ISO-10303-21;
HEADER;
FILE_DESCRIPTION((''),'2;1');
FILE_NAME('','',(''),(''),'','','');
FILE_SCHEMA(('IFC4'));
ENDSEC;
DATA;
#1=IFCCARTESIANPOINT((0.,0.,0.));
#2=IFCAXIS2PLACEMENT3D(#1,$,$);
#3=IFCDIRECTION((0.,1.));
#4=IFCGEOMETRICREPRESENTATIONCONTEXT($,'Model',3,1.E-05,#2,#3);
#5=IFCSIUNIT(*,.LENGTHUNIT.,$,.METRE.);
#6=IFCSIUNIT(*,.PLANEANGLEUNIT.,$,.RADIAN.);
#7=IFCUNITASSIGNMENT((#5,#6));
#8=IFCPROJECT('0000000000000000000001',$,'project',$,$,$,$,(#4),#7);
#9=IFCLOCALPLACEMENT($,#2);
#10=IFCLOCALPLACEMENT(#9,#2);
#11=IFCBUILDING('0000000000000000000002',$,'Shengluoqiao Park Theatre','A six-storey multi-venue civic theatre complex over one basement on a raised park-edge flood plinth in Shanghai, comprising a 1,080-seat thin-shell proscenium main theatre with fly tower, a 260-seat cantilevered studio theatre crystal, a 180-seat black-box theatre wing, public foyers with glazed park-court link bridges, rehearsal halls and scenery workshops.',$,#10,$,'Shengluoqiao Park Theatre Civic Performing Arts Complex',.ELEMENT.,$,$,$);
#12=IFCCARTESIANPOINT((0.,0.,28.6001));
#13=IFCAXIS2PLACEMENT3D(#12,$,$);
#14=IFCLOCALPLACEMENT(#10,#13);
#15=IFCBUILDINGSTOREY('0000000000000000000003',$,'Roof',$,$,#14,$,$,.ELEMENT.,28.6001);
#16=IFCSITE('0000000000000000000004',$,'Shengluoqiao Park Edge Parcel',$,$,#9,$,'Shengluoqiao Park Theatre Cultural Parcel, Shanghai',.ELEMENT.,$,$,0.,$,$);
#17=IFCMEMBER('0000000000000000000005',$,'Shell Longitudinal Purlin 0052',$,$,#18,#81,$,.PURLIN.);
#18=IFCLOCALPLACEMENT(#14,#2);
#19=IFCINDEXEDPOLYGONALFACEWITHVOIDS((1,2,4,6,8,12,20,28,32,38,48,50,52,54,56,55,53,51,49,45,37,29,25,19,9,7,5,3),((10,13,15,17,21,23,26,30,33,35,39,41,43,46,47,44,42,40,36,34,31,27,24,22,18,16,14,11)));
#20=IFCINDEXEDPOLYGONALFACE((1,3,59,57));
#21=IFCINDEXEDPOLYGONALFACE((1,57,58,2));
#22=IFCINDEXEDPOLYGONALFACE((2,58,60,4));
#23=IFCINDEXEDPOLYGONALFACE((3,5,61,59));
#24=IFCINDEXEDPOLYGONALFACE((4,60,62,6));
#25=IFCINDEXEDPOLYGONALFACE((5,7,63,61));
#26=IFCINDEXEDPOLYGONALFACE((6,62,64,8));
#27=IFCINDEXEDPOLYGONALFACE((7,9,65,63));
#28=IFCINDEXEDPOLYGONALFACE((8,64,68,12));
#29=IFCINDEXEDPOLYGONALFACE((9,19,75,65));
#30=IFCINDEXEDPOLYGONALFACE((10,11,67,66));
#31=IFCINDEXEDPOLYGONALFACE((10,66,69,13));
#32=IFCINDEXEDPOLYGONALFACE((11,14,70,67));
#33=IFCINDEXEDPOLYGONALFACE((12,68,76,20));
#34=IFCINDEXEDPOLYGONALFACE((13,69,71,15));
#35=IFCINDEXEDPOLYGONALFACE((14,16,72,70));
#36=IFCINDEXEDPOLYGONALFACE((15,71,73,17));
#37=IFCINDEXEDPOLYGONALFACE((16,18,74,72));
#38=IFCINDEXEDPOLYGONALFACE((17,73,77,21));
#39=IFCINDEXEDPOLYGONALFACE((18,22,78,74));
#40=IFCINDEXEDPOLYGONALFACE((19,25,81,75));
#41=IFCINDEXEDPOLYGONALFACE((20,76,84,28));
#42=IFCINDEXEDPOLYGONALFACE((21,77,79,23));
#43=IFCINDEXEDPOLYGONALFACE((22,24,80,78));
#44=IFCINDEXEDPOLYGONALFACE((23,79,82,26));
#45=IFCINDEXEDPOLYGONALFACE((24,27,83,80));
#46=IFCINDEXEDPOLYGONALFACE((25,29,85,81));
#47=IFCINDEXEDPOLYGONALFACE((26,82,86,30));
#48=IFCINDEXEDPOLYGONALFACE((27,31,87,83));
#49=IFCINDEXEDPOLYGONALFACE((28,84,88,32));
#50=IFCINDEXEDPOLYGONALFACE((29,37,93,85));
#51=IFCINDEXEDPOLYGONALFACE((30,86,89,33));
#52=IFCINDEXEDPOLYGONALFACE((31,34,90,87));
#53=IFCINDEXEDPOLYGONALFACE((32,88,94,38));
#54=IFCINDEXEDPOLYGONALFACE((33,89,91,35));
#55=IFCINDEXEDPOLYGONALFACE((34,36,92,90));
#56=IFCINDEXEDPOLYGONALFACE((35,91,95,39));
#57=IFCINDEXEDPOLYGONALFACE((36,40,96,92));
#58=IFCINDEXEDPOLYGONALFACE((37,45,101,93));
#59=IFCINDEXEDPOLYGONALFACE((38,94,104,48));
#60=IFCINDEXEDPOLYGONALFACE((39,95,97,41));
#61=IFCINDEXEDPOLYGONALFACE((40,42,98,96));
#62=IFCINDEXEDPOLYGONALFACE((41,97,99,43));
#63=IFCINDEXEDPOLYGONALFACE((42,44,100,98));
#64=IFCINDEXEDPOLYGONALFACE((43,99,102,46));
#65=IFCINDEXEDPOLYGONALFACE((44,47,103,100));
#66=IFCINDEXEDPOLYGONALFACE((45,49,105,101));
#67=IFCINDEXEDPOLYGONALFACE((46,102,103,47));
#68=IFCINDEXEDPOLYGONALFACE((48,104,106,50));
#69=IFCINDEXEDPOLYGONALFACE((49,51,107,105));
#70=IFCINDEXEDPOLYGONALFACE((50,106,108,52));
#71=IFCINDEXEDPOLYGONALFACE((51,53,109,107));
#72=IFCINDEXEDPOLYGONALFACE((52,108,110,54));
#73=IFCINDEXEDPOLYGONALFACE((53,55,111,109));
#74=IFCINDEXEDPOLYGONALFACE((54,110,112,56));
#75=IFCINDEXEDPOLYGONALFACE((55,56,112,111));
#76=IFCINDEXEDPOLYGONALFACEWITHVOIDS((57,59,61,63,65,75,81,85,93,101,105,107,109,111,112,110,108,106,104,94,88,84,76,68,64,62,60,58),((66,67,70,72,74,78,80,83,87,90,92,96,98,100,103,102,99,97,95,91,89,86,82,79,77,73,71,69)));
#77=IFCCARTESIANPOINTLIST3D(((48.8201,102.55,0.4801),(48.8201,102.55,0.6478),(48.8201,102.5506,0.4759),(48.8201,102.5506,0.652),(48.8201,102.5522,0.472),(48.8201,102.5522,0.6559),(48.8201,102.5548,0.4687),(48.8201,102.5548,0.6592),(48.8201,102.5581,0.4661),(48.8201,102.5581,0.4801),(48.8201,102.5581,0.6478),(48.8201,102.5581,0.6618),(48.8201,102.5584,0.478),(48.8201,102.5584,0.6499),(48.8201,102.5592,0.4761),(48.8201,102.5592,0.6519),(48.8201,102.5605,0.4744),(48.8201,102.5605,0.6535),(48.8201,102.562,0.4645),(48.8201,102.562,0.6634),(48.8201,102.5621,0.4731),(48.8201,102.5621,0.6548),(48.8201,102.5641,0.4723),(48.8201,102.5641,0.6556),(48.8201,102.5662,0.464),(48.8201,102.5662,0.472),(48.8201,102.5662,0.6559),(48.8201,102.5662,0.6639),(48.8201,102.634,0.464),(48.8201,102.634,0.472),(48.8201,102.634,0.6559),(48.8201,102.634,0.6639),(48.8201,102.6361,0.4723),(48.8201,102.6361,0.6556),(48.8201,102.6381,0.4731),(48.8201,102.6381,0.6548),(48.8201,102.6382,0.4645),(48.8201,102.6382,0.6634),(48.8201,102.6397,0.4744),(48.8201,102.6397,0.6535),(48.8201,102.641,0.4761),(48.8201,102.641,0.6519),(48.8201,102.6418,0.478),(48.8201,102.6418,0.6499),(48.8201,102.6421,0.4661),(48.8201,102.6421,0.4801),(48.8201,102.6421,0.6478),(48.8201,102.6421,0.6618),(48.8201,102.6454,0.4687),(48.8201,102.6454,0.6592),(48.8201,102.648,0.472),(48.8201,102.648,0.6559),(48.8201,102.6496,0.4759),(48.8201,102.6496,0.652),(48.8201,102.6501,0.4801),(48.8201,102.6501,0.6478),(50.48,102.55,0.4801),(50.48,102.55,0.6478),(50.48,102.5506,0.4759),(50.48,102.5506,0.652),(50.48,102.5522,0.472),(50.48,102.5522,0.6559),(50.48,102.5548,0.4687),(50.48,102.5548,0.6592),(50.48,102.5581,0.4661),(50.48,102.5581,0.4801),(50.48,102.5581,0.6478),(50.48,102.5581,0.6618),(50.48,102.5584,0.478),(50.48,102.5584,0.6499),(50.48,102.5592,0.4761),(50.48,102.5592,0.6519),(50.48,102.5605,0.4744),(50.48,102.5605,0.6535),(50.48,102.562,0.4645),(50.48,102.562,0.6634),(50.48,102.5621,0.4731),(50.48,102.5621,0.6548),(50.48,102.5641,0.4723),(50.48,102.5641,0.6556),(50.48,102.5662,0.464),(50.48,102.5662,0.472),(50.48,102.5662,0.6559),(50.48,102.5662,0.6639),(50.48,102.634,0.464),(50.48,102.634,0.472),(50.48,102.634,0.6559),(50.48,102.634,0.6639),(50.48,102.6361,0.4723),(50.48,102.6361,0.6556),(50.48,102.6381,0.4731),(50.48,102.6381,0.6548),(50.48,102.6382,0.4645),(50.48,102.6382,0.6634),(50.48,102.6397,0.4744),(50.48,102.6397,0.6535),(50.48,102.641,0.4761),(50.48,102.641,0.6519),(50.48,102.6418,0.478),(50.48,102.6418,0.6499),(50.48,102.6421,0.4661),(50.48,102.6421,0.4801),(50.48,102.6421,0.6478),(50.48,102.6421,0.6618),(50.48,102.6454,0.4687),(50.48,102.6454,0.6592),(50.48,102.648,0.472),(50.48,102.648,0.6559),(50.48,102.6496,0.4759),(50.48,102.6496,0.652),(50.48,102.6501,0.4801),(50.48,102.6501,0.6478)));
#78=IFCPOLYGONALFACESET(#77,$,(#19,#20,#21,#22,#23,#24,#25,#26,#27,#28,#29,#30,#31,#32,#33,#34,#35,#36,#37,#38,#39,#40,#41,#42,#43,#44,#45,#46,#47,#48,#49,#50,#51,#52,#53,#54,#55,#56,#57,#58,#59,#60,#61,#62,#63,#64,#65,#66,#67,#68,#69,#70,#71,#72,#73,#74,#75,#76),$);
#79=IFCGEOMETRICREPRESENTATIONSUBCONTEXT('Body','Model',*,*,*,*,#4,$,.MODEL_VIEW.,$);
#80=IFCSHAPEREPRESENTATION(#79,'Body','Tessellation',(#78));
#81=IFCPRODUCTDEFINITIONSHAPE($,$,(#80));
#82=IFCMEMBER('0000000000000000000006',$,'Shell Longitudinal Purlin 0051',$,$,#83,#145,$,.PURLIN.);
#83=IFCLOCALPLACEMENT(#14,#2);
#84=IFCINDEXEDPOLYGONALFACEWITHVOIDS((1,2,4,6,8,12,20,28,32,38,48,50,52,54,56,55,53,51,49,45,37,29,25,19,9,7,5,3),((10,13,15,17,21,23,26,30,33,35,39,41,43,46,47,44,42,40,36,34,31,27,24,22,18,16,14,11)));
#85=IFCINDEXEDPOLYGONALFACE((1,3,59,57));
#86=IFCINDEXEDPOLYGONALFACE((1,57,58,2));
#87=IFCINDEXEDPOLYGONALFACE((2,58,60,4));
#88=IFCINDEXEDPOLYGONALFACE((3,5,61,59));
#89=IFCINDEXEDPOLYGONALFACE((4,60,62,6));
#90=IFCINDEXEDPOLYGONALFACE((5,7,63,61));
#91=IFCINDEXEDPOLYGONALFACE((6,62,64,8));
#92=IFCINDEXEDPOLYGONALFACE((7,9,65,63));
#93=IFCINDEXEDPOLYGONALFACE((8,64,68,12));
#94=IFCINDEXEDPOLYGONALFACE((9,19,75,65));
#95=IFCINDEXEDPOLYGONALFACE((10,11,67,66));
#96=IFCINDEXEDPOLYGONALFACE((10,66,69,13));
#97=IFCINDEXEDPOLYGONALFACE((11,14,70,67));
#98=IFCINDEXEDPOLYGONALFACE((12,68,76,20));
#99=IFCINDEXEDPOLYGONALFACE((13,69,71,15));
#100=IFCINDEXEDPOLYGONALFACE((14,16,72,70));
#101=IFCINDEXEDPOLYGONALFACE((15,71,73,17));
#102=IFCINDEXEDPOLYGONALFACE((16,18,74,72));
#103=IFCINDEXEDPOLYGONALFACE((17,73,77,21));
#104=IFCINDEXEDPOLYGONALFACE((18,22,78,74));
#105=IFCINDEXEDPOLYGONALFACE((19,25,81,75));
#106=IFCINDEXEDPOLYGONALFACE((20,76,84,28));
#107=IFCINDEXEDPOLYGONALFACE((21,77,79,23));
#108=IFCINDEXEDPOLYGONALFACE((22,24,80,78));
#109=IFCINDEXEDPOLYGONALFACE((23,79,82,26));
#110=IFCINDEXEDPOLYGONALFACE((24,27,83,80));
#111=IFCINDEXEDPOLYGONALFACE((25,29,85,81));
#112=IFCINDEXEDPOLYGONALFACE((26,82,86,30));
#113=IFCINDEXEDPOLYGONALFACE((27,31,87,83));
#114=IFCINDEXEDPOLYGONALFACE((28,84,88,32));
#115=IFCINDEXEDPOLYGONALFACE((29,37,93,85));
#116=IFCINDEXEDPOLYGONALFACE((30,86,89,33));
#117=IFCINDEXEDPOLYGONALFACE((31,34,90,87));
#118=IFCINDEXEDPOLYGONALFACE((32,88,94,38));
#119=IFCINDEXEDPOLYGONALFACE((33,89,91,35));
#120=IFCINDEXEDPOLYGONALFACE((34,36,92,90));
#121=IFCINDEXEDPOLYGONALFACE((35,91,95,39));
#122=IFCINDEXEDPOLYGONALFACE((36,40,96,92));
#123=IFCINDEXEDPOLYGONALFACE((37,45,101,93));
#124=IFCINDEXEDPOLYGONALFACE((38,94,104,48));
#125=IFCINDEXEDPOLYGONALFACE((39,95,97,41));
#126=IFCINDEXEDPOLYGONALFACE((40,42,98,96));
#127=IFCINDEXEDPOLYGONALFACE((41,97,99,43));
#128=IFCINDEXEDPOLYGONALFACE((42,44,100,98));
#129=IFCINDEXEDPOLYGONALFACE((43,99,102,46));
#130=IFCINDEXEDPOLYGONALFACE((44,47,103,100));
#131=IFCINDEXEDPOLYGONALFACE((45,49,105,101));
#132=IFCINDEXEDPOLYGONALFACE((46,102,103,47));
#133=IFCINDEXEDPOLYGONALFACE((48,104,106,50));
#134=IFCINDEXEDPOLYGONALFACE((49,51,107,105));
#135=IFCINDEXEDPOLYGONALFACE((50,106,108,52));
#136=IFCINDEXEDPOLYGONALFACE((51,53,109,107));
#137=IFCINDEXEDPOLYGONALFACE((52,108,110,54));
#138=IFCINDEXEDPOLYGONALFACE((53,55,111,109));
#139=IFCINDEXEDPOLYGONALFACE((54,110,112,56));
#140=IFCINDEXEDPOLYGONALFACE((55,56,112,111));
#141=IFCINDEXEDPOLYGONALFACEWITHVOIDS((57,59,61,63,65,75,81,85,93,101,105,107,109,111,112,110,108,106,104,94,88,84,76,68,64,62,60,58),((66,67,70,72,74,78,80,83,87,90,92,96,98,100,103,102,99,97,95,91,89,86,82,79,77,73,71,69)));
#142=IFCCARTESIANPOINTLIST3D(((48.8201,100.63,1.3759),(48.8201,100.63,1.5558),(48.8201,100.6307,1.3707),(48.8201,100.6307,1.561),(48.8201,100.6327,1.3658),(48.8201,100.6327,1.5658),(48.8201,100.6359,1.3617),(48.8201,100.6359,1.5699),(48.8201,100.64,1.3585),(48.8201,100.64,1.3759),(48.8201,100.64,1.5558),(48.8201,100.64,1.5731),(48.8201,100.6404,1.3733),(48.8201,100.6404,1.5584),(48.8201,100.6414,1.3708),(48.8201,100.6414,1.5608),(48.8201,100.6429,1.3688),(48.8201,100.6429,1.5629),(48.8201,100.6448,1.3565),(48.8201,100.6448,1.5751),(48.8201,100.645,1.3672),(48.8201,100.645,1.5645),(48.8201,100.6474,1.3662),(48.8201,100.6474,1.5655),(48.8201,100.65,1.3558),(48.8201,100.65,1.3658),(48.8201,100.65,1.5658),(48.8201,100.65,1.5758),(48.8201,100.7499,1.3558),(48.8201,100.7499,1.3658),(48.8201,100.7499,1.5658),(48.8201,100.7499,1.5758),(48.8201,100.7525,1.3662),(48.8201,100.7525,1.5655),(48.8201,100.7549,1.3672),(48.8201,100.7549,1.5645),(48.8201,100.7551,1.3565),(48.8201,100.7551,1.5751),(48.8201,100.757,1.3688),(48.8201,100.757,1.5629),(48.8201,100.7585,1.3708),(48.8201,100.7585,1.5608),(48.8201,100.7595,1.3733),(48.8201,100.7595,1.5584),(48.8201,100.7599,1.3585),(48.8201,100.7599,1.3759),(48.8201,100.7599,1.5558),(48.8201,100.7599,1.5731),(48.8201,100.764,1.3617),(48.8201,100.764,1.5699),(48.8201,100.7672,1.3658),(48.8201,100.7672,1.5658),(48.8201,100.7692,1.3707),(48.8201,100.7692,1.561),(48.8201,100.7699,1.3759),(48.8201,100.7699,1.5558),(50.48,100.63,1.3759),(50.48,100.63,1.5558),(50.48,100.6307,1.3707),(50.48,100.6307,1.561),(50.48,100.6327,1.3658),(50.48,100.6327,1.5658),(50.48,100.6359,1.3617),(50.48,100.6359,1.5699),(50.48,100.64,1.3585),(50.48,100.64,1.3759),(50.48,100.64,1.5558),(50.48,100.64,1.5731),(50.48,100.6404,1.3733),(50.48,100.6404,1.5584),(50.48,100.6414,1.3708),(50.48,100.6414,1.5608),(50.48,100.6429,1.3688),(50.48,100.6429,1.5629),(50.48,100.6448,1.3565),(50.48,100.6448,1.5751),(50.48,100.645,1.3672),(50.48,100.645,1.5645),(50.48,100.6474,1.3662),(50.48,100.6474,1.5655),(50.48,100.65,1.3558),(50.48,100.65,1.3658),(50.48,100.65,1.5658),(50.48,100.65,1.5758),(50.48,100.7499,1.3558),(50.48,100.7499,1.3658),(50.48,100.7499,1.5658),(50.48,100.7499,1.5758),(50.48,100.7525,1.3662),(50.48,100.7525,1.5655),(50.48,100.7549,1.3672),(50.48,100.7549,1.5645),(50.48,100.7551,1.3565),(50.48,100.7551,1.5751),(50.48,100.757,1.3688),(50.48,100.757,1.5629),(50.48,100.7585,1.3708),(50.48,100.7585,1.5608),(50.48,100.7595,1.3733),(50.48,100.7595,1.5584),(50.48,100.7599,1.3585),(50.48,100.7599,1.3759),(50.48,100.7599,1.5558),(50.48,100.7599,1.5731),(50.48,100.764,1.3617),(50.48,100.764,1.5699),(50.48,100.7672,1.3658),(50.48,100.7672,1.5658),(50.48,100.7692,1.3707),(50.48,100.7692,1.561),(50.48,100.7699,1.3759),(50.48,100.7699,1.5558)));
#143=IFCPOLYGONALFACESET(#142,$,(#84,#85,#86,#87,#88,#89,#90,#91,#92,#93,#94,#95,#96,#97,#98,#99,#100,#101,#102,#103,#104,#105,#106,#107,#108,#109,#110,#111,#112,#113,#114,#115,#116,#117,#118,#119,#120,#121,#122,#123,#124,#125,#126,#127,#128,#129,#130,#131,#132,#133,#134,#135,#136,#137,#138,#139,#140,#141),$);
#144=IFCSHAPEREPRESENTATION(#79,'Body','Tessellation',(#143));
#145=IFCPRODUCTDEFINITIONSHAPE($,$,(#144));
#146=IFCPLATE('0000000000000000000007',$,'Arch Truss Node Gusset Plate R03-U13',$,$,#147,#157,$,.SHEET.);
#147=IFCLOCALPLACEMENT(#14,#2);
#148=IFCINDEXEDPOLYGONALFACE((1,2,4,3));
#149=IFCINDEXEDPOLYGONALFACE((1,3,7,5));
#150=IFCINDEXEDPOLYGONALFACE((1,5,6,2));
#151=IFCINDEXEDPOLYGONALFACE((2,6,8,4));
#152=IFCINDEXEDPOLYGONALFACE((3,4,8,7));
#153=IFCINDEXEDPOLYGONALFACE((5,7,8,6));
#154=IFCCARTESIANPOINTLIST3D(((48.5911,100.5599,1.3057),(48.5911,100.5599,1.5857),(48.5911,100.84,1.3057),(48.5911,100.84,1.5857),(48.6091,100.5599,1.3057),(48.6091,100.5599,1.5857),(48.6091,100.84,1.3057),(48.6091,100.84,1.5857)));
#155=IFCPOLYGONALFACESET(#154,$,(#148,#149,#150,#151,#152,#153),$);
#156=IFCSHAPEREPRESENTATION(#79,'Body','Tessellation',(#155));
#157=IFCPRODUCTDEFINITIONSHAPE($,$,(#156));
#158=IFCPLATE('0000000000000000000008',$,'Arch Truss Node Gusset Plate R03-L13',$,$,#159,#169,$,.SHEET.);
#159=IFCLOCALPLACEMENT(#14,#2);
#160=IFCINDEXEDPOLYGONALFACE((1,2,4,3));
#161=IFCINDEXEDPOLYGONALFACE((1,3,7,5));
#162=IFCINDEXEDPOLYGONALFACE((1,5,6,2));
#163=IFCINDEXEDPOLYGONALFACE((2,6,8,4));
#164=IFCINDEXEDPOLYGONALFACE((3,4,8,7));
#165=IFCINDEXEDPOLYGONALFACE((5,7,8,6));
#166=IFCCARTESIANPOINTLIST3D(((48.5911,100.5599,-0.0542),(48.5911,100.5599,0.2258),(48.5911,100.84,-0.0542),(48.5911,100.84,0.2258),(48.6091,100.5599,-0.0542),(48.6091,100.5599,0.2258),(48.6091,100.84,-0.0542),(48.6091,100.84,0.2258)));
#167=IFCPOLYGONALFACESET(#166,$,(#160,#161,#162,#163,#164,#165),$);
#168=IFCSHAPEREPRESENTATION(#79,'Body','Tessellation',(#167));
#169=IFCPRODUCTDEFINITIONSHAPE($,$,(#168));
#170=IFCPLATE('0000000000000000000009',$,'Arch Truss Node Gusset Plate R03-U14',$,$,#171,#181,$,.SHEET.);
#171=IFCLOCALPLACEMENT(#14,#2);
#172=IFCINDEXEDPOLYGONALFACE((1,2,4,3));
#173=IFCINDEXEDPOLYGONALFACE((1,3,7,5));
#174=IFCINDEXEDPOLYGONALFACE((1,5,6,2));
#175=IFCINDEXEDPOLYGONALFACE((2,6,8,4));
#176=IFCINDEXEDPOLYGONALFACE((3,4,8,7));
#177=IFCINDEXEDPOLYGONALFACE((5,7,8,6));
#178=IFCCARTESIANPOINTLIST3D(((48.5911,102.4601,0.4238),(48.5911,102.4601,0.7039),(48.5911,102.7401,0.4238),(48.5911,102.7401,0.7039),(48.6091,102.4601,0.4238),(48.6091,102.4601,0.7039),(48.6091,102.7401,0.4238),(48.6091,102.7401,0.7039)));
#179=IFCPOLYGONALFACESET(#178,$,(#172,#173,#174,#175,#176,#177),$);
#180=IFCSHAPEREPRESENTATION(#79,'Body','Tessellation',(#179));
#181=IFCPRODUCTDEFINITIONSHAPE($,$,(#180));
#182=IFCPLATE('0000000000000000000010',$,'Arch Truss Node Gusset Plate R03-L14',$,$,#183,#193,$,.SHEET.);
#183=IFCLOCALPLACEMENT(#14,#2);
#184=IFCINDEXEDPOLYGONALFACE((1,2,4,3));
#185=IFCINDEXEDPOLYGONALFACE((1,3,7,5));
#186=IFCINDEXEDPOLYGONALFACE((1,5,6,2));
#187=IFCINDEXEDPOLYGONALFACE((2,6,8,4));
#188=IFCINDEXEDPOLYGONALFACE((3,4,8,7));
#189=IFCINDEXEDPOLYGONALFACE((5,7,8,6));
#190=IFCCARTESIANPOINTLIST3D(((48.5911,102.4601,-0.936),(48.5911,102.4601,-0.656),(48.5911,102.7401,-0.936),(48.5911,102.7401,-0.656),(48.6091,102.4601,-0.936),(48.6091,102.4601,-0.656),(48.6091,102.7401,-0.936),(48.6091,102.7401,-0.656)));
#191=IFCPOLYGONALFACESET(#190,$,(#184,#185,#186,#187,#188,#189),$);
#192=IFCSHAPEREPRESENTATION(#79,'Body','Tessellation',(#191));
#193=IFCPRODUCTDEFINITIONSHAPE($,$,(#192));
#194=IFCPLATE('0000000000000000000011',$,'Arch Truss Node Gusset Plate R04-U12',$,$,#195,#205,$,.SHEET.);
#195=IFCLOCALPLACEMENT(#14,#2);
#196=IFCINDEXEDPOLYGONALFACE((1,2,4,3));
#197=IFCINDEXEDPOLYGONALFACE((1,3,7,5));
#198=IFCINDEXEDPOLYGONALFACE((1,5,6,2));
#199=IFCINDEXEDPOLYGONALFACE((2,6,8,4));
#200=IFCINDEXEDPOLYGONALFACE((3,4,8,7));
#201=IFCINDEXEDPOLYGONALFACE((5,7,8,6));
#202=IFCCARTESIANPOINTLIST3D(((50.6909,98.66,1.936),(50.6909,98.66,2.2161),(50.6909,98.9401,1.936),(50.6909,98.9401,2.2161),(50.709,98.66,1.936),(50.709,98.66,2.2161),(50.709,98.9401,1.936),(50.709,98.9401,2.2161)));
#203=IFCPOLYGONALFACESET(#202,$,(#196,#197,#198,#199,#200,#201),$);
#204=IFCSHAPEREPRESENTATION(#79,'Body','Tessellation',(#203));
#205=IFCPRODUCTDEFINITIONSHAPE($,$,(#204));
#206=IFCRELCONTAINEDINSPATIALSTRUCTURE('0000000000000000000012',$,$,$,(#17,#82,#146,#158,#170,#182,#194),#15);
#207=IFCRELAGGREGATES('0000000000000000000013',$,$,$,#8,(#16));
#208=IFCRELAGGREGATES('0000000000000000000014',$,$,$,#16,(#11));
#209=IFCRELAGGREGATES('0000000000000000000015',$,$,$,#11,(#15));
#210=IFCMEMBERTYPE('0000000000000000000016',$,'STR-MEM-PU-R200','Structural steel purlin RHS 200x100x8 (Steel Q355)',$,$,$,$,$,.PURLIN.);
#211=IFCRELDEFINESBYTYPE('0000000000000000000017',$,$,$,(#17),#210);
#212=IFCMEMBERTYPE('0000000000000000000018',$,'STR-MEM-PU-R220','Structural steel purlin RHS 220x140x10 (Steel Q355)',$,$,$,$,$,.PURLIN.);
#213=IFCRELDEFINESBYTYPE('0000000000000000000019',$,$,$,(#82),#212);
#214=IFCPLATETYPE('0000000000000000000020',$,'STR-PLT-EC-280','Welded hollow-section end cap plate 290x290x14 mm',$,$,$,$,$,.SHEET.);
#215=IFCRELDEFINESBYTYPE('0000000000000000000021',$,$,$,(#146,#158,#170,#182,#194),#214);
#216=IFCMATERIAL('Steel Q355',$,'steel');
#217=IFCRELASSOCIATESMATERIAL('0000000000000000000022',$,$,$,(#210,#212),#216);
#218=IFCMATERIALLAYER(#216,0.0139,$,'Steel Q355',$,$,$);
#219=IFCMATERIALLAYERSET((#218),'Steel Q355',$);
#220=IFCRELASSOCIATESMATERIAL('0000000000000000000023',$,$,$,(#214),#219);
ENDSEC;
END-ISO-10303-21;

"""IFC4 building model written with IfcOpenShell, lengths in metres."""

from ifc_helpers import new_model, si_unit, direction, frame, origin, origin_2d, place, context, subcontext, project, spatial, rectangle, hollow_rectangle, extrude, material, layer, layer_set, material_profile, profile_set, type_object, element, save


model = new_model("IFC4")

# Units and contexts
model_context = context("Model", 3, precision=1e-05, world=origin(), true_north=direction((0.0, 1.0)))
body_context = subcontext(model_context, "Body", "Model", "MODEL_VIEW")
ifc_project = project(units=[si_unit("LENGTHUNIT", "METRE"), si_unit("PLANEANGLEUNIT", "RADIAN")], contexts=[model_context])

# Site, building, storey
site_placement = place(None, origin())
site = spatial("IfcSite", under=ifc_project, at=site_placement, Name="Shengluoqiao Park Edge Parcel", LongName="Shengluoqiao Park Theatre Cultural Parcel, Shanghai", CompositionType="ELEMENT", RefElevation=0.0)
building_placement = place(site_placement, origin())
building = spatial("IfcBuilding", under=site, at=building_placement, Name="Shengluoqiao Park Theatre", Description="A six-storey multi-venue civic theatre complex over one basement on a raised park-edge flood plinth in Shanghai, comprising a 1,080-seat thin-shell proscenium main theatre with fly tower, a 260-seat cantilevered studio theatre crystal, a 180-seat black-box theatre wing, public foyers with glazed park-court link bridges, rehearsal halls and scenery workshops.", LongName="Shengluoqiao Park Theatre Civic Performing Arts Complex", CompositionType="ELEMENT")
storey_placement = place(building_placement, frame((0.0, 0.0, 28.6001)))
storey = spatial("IfcBuildingStorey", under=building, at=storey_placement, Name="Roof", CompositionType="ELEMENT", Elevation=28.6001)

# Shared definitions
ifc_material_1 = material(Name="Steel Q355", Category="steel")

# Members
ifc_material_profile_1 = material_profile(ifc_material_1, hollow_rectangle(XDim=0.1001, YDim=0.2, WallThickness=0.0081, InnerFilletRadius=0.0081, OuterFilletRadius=0.0161, at=origin_2d()), Name="RHS 200x100x8")
ifc_profile_set_1 = profile_set([ifc_material_profile_1], Name="Steel Q355")
member_type_1 = type_object("IfcMemberType", Name="STR-MEM-PU-R200", Description="Structural steel purlin RHS 200x100x8 (Steel Q355)", PredefinedType="PURLIN", material=ifc_profile_set_1)
for number, where, z_axis, x_axis, name in (
    (1, (48.8201, 102.6001, 0.564), (1.0, 0.0, 0.0), (0.0, 1.0, 0.0), "Shell Longitudinal Purlin 0052"),
):
    element("IfcMember", number, at=place(storey_placement, frame(where, z_axis=z_axis, x_axis=x_axis)), inside=storey, type_object=member_type_1, Name=name, PredefinedType="PURLIN", context=body_context, shape_type="SweptSolid", body=[
        extrude(hollow_rectangle(XDim=0.1001, YDim=0.2, WallThickness=0.0081, InnerFilletRadius=0.0081, OuterFilletRadius=0.0161, at=origin_2d()), origin(), (0.0, 0.0, 1.0), 1.6599),
    ])
ifc_material_profile_2 = material_profile(ifc_material_1, hollow_rectangle(XDim=0.1399, YDim=0.22, WallThickness=0.01, InnerFilletRadius=0.01, OuterFilletRadius=0.02, at=origin_2d()), Name="RHS 220x140x10")
ifc_profile_set_2 = profile_set([ifc_material_profile_2], Name="Steel Q355")
member_type_2 = type_object("IfcMemberType", Name="STR-MEM-PU-R220", Description="Structural steel purlin RHS 220x140x10 (Steel Q355)", PredefinedType="PURLIN", material=ifc_profile_set_2)
member_1_placement = place(storey_placement, frame((48.8201, 100.7, 1.4658), z_axis=(1.0, 0.0, 0.0), x_axis=(0.0, 1.0, 0.0)))
element("IfcMember", 2, at=member_1_placement, inside=storey, type_object=member_type_2, Name="Shell Longitudinal Purlin 0051", PredefinedType="PURLIN", context=body_context, shape_type="SweptSolid", body=[
    extrude(hollow_rectangle(XDim=0.1399, YDim=0.22, WallThickness=0.01, InnerFilletRadius=0.01, OuterFilletRadius=0.02, at=origin_2d()), origin(), (0.0, 0.0, 1.0), 1.6599),
])

# Plates
ifc_layer_1 = layer(ifc_material_1, 0.0139, Name="Steel Q355")
ifc_layer_set_1 = layer_set([ifc_layer_1], Name="Steel Q355")
plate_type_1 = type_object("IfcPlateType", Name="STR-PLT-EC-280", Description="Welded hollow-section end cap plate 290x290x14 mm", PredefinedType="SHEET", material=ifc_layer_set_1)
for number, where, z_axis, x_axis, name in (
    (3, (48.6001, 100.7, 1.3057), (0.0, 0.0, 1.0), (1.0, 0.0, 0.0), "Arch Truss Node Gusset Plate R03-U13"),
    (4, (48.6001, 100.7, -0.0542), (0.0, 0.0, 1.0), (1.0, 0.0, 0.0), "Arch Truss Node Gusset Plate R03-L13"),
    (5, (48.6001, 102.6001, 0.4238), (0.0, 0.0, 1.0), (1.0, 0.0, 0.0), "Arch Truss Node Gusset Plate R03-U14"),
    (6, (48.6001, 102.6001, -0.936), (0.0, 0.0, 1.0), (1.0, 0.0, 0.0), "Arch Truss Node Gusset Plate R03-L14"),
    (7, (50.7, 98.8, 1.936), (0.0, 0.0, 1.0), (1.0, 0.0, 0.0), "Arch Truss Node Gusset Plate R04-U12"),
):
    element("IfcPlate", number, at=place(storey_placement, frame(where, z_axis=z_axis, x_axis=x_axis)), inside=storey, type_object=plate_type_1, Name=name, PredefinedType="SHEET", context=body_context, shape_type="SweptSolid", body=[
        extrude(rectangle(XDim=0.0181, YDim=0.28, at=origin_2d()), origin(), (0.0, 0.0, 1.0), 0.28),
    ])

save(model, "model.ifc")
